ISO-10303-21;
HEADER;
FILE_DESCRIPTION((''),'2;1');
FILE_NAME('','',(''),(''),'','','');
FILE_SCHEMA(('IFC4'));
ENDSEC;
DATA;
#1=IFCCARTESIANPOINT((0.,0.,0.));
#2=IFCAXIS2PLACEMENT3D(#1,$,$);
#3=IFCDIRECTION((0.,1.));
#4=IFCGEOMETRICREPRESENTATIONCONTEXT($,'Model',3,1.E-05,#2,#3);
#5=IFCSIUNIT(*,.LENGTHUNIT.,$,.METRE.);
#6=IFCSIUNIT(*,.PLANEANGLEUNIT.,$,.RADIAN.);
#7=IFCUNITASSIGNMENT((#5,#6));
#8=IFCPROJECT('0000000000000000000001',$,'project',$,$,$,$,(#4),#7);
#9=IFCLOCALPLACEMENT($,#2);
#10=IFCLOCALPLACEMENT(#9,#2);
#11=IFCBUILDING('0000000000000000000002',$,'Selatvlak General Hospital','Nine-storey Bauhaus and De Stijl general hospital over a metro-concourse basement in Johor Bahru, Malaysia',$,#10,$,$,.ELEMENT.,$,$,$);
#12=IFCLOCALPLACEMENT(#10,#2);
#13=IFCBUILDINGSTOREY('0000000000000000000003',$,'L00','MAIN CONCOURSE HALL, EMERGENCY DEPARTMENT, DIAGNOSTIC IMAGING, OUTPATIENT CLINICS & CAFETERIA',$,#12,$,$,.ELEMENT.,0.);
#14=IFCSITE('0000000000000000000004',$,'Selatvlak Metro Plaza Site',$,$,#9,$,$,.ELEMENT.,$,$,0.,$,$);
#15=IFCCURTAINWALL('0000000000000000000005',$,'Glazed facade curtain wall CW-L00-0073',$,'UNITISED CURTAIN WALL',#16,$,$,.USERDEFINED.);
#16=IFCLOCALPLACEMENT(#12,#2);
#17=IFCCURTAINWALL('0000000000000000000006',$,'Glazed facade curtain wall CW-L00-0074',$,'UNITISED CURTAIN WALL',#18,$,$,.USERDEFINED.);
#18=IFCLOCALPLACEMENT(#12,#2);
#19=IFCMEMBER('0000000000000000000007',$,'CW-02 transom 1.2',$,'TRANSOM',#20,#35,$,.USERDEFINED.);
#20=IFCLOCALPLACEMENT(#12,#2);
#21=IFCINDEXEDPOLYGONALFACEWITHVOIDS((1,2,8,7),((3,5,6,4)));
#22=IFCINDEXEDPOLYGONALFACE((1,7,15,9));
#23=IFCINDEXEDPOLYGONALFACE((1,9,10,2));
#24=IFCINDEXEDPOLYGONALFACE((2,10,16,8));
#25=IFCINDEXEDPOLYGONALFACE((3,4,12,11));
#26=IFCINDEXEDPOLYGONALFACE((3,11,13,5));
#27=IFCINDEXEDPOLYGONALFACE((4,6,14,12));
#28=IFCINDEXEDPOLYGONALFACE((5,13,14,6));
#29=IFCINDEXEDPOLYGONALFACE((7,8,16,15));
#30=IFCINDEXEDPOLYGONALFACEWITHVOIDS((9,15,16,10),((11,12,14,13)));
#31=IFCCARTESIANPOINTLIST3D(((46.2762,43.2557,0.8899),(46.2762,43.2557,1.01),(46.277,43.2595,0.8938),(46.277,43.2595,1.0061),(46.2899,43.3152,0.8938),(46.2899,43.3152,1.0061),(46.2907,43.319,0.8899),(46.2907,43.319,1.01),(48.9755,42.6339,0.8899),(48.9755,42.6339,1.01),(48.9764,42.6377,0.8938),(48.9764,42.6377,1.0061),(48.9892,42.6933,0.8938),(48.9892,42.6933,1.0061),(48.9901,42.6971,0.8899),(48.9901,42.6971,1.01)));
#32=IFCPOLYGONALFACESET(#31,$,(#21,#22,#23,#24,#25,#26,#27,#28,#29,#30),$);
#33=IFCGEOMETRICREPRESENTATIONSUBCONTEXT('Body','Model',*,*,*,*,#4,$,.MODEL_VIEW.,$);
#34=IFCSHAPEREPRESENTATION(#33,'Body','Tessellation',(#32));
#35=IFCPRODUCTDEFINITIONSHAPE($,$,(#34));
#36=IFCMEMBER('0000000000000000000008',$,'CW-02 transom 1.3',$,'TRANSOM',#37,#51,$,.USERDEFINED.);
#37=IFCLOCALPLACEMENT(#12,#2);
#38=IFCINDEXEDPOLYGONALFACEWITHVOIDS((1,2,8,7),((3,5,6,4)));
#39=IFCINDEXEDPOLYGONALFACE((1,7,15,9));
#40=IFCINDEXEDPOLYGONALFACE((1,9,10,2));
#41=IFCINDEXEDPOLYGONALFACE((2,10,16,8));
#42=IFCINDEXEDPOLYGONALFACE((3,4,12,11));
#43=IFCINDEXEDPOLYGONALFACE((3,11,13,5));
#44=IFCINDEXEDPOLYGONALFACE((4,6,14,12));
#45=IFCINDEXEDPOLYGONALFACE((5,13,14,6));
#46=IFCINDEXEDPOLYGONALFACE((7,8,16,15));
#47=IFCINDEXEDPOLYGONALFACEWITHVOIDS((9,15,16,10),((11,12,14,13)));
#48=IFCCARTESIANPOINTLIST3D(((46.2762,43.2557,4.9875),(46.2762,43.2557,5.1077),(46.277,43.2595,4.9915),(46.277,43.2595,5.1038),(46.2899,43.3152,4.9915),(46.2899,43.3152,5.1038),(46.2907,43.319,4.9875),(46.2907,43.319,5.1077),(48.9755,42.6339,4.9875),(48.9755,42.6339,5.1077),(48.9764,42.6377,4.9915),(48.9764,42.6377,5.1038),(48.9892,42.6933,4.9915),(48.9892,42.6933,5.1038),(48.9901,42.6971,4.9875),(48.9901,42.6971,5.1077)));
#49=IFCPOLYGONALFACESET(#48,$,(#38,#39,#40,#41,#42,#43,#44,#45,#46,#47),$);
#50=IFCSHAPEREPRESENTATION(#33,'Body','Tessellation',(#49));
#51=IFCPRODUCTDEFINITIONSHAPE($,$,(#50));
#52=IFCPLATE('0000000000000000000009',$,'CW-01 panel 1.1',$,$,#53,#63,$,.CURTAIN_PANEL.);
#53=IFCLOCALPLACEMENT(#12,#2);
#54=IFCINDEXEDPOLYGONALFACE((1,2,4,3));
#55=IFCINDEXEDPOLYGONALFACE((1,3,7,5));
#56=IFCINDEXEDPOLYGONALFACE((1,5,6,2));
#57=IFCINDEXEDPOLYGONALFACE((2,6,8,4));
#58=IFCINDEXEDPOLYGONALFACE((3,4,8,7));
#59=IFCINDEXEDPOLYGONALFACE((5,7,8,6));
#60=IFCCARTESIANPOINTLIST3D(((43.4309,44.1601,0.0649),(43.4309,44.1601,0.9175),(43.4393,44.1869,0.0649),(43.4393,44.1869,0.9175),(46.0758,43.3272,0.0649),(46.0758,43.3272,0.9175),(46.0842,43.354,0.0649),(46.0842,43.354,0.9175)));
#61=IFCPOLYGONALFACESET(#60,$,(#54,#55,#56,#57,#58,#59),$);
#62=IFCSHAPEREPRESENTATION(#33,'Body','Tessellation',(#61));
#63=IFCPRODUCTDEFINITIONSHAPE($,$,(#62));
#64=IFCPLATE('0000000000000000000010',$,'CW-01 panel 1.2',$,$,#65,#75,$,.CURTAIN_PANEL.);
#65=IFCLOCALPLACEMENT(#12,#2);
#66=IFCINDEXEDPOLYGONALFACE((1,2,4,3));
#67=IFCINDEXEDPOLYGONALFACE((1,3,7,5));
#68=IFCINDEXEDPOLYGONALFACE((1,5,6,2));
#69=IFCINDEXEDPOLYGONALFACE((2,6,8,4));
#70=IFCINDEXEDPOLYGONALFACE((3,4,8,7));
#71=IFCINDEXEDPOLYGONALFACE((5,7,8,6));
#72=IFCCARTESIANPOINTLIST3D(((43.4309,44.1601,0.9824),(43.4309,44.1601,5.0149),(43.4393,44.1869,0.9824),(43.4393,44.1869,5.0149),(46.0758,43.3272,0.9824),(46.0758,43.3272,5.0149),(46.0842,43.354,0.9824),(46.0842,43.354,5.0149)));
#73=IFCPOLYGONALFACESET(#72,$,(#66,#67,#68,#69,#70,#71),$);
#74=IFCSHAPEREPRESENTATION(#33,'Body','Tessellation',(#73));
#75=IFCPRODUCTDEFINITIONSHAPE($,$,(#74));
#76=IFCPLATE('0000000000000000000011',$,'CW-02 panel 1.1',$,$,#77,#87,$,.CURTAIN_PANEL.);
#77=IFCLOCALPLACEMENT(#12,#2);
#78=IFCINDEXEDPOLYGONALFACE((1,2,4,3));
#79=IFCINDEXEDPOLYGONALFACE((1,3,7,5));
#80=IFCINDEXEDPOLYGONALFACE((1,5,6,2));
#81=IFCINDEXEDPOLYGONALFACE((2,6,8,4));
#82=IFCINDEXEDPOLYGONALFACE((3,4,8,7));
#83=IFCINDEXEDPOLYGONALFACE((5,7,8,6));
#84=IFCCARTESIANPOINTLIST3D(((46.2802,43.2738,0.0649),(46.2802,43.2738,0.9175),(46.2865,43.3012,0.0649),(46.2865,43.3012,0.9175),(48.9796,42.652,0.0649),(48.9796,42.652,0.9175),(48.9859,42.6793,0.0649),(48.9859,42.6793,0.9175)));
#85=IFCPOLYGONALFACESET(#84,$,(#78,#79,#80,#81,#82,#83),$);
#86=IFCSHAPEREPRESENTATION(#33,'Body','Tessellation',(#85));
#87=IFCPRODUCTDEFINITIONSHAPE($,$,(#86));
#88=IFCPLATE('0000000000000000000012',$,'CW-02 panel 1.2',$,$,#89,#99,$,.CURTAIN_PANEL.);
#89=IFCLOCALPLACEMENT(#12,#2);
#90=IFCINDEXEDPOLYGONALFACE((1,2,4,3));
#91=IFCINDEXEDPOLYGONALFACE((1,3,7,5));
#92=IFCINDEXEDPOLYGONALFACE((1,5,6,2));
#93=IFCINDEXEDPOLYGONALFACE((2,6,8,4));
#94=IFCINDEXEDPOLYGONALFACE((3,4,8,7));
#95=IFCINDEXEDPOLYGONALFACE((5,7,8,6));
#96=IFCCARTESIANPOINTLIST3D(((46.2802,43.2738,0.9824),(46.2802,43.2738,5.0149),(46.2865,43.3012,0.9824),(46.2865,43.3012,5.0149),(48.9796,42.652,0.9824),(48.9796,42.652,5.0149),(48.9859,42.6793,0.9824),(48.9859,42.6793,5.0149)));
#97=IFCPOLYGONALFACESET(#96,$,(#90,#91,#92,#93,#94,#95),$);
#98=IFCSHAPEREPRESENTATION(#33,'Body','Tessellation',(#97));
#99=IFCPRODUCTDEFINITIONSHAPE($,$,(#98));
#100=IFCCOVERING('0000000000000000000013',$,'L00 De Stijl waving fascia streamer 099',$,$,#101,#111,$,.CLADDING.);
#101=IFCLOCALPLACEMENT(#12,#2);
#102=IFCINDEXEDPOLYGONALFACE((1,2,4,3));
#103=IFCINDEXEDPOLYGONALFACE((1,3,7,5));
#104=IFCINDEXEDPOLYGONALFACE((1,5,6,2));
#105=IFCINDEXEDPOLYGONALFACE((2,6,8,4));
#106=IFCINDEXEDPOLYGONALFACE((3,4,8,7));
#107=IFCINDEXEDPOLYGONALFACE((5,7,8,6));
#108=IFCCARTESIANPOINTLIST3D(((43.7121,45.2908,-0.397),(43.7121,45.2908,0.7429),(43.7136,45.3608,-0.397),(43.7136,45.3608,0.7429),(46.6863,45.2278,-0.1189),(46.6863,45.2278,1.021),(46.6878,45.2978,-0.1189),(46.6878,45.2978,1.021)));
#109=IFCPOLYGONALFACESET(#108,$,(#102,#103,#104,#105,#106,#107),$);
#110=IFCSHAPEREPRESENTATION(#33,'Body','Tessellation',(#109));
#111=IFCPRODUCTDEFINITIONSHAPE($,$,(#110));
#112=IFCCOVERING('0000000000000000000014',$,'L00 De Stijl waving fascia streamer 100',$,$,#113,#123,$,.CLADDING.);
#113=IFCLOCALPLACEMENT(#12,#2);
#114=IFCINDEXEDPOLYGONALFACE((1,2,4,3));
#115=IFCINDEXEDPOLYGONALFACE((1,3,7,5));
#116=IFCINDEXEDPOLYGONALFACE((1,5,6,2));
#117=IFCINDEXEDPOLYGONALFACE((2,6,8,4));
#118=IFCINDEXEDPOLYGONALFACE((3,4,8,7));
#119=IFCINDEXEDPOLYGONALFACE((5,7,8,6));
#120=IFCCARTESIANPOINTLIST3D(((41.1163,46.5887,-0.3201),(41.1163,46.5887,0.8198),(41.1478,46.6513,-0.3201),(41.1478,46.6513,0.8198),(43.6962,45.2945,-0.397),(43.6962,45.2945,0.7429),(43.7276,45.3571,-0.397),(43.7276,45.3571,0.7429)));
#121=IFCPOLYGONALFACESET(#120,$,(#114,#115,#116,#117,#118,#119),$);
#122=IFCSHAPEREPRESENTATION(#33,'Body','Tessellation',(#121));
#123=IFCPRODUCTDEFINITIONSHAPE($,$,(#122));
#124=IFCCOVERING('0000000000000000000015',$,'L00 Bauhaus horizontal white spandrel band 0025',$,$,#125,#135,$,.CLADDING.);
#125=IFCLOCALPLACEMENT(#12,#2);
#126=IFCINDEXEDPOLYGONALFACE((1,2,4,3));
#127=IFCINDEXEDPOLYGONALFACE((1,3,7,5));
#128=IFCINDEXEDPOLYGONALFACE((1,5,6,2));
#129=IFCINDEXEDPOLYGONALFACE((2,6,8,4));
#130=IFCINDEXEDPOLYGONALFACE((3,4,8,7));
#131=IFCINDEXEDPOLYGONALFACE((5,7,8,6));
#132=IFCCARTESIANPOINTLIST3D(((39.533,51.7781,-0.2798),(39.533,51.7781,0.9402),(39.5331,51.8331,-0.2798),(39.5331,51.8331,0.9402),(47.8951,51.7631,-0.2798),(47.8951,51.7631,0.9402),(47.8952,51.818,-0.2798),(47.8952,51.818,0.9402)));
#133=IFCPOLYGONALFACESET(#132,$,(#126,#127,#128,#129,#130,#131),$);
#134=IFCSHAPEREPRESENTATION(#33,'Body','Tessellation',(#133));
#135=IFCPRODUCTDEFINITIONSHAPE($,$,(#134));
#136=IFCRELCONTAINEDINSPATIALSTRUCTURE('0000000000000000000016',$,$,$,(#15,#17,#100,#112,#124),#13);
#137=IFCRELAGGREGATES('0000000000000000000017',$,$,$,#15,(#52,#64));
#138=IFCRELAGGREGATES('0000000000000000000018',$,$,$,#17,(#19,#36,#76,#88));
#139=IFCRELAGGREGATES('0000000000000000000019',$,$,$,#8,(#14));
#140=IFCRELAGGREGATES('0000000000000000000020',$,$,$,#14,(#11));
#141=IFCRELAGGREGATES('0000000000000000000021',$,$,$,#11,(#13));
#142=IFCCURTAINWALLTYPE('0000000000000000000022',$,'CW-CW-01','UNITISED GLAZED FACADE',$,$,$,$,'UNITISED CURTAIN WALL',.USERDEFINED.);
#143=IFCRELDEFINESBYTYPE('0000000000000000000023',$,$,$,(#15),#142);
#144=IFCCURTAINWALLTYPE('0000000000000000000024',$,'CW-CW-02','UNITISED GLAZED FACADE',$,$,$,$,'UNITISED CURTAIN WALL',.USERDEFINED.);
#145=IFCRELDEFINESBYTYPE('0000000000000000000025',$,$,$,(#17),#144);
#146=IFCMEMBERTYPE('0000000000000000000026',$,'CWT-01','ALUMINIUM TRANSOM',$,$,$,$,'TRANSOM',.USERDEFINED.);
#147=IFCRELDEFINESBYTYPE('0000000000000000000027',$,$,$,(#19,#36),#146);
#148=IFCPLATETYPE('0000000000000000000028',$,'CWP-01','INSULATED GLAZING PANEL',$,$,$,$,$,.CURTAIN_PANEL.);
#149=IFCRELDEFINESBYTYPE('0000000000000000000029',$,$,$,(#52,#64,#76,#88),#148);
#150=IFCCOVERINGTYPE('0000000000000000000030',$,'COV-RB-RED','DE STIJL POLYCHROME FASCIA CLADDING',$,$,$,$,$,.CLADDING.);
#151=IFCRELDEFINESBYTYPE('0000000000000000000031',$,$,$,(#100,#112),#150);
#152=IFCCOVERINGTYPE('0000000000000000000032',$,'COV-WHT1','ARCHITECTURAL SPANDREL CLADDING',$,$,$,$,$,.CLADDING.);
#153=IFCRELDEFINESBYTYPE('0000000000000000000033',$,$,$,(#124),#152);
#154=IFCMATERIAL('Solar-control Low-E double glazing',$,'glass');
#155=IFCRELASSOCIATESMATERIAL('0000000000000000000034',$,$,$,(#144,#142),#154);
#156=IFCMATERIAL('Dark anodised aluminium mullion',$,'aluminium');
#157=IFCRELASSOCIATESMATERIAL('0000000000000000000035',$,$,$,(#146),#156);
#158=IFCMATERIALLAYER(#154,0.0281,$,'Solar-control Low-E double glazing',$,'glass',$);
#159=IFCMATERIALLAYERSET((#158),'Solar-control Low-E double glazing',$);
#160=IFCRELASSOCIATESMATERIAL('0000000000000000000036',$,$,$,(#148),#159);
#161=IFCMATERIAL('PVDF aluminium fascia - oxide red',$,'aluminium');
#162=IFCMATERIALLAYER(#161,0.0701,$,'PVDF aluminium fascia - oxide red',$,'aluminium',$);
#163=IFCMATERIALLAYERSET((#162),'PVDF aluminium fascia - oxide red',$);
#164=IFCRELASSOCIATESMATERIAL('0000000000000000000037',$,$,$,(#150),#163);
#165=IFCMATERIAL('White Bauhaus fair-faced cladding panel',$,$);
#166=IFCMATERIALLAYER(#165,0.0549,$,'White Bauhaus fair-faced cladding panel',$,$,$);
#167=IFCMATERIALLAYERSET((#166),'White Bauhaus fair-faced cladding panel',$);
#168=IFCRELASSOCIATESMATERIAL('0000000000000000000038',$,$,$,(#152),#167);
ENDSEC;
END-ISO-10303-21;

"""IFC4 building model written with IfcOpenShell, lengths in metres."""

from ifc_helpers import new_model, si_unit, direction, frame, origin, origin_2d, place, context, subcontext, project, spatial, polyline, rectangle, hollow_rectangle, outline, extrude, material, layer, layer_set, material_profile, profile_set, type_object, element, aggregate, save


model = new_model("IFC4")

# Units and contexts
model_context = context("Model", 3, precision=1e-05, world=origin(), true_north=direction((0.0, 1.0)))
body_context = subcontext(model_context, "Body", "Model", "MODEL_VIEW")
ifc_project = project(units=[si_unit("LENGTHUNIT", "METRE"), si_unit("PLANEANGLEUNIT", "RADIAN")], contexts=[model_context])

# Site, building, storey
site_placement = place(None, origin())
site = spatial("IfcSite", under=ifc_project, at=site_placement, Name="Selatvlak Metro Plaza Site", CompositionType="ELEMENT", RefElevation=0.0)
building_placement = place(site_placement, origin())
building = spatial("IfcBuilding", under=site, at=building_placement, Name="Selatvlak General Hospital", Description="Nine-storey Bauhaus and De Stijl general hospital over a metro-concourse basement in Johor Bahru, Malaysia", CompositionType="ELEMENT")
storey_placement = place(building_placement, origin())
storey = spatial("IfcBuildingStorey", under=building, at=storey_placement, Name="L00", Description="MAIN CONCOURSE HALL, EMERGENCY DEPARTMENT, DIAGNOSTIC IMAGING, OUTPATIENT CLINICS & CAFETERIA", CompositionType="ELEMENT", Elevation=0.0)

# Shared definitions
ifc_material_1 = material(Name="Solar-control Low-E double glazing", Category="glass")
curtain_wall_type_1 = type_object("IfcCurtainWallType", Name="CW-CW-02", Description="UNITISED GLAZED FACADE", ElementType="UNITISED CURTAIN WALL", PredefinedType="USERDEFINED", material=ifc_material_1)
ifc_material_2 = material(Name="Dark anodised aluminium mullion", Category="aluminium")

# Curtain wall
curtain_wall_type_2 = type_object("IfcCurtainWallType", Name="CW-CW-01", Description="UNITISED GLAZED FACADE", ElementType="UNITISED CURTAIN WALL", PredefinedType="USERDEFINED", material=ifc_material_1)
curtain_wall_1_placement = place(storey_placement, origin())
curtain_wall_1 = element("IfcCurtainWall", 1, at=curtain_wall_1_placement, inside=storey, type_object=curtain_wall_type_2, Name="Glazed facade curtain wall CW-L00-0073", ObjectType="UNITISED CURTAIN WALL", PredefinedType="USERDEFINED")

# Curtain wall
curtain_wall_2_placement = place(storey_placement, origin())
curtain_wall_2 = element("IfcCurtainWall", 2, at=curtain_wall_2_placement, inside=storey, type_object=curtain_wall_type_1, Name="Glazed facade curtain wall CW-L00-0074", ObjectType="UNITISED CURTAIN WALL", PredefinedType="USERDEFINED")

# Members
ifc_material_profile_1 = material_profile(ifc_material_2, hollow_rectangle(XDim=0.0649, YDim=0.1201, WallThickness=0.0039, at=origin_2d()), Name="AL-TRN 65x120x4")
ifc_profile_set_1 = profile_set([ifc_material_profile_1], Name="Dark anodised aluminium mullion")
member_type_1 = type_object("IfcMemberType", Name="CWT-01", Description="ALUMINIUM TRANSOM", ElementType="TRANSOM", PredefinedType="USERDEFINED", material=ifc_profile_set_1)
member_1_placement = place(storey_placement, frame((46.2834, 43.2874, 0.95), z_axis=(0.974476, -0.224493, 0.0), x_axis=(0.224493, 0.974476, 0.0)))
member_1 = element("IfcMember", 3, at=member_1_placement, type_object=member_type_1, Name="CW-02 transom 1.2", ObjectType="TRANSOM", PredefinedType="USERDEFINED", context=body_context, shape_type="SweptSolid", body=[
    extrude(hollow_rectangle(XDim=0.0649, YDim=0.1201, WallThickness=0.0039, at=origin_2d()), origin(), (0.0, 0.0, 1.0), 2.77),
])
member_2_placement = place(storey_placement, frame((46.2834, 43.2874, 5.0476), z_axis=(0.974476, -0.224493, 0.0), x_axis=(0.224493, 0.974476, 0.0)))
member_2 = element("IfcMember", 4, at=member_2_placement, type_object=member_type_1, Name="CW-02 transom 1.3", ObjectType="TRANSOM", PredefinedType="USERDEFINED", context=body_context, shape_type="SweptSolid", body=[
    extrude(hollow_rectangle(XDim=0.0649, YDim=0.1201, WallThickness=0.0039, at=origin_2d()), origin(), (0.0, 0.0, 1.0), 2.77),
])

# Plates
ifc_layer_1 = layer(ifc_material_1, 0.0281, Name="Solar-control Low-E double glazing", Category="glass")
ifc_layer_set_1 = layer_set([ifc_layer_1], Name="Solar-control Low-E double glazing")
plate_type = type_object("IfcPlateType", Name="CWP-01", Description="INSULATED GLAZING PANEL", PredefinedType="CURTAIN_PANEL", material=ifc_layer_set_1)
plate_1_placement = place(storey_placement, frame((44.7576, 43.7571, 0.0649), z_axis=(0.0, 0.0, 1.0), x_axis=(0.953822, -0.300373, 0.0)))
plate_1 = element("IfcPlate", 5, at=plate_1_placement, type_object=plate_type, Name="CW-01 panel 1.1", PredefinedType="CURTAIN_PANEL", context=body_context, shape_type="SweptSolid", body=[
    extrude(rectangle(XDim=2.7729, YDim=0.0281, at=origin_2d()), origin(), (0.0, 0.0, 1.0), 0.8525),
])
plate_2_placement = place(storey_placement, frame((44.7576, 43.7571, 0.9824), z_axis=(0.0, 0.0, 1.0), x_axis=(0.953822, -0.300373, 0.0)))
plate_2 = element("IfcPlate", 6, at=plate_2_placement, type_object=plate_type, Name="CW-01 panel 1.2", PredefinedType="CURTAIN_PANEL", context=body_context, shape_type="SweptSolid", body=[
    extrude(rectangle(XDim=2.7729, YDim=0.0281, at=origin_2d()), origin(), (0.0, 0.0, 1.0), 4.0325),
])
aggregate(curtain_wall_1, [plate_1, plate_2])
plate_3_placement = place(storey_placement, frame((47.6331, 42.9766, 0.0649), z_axis=(0.0, 0.0, 1.0), x_axis=(0.974478, -0.224482, 0.0)))
plate_3 = element("IfcPlate", 7, at=plate_3_placement, type_object=plate_type, Name="CW-02 panel 1.1", PredefinedType="CURTAIN_PANEL", context=body_context, shape_type="SweptSolid", body=[
    extrude(rectangle(XDim=2.77, YDim=0.0281, at=origin_2d()), origin(), (0.0, 0.0, 1.0), 0.8525),
])
plate_4_placement = place(storey_placement, frame((47.6331, 42.9766, 0.9824), z_axis=(0.0, 0.0, 1.0), x_axis=(0.974478, -0.224482, 0.0)))
plate_4 = element("IfcPlate", 8, at=plate_4_placement, type_object=plate_type, Name="CW-02 panel 1.2", PredefinedType="CURTAIN_PANEL", context=body_context, shape_type="SweptSolid", body=[
    extrude(rectangle(XDim=2.77, YDim=0.0281, at=origin_2d()), origin(), (0.0, 0.0, 1.0), 4.0325),
])
aggregate(curtain_wall_2, [member_1, member_2, plate_3, plate_4])

# Coverings
ifc_material_3 = material(Name="PVDF aluminium fascia - oxide red", Category="aluminium")
ifc_layer_2 = layer(ifc_material_3, 0.0701, Name="PVDF aluminium fascia - oxide red", Category="aluminium")
ifc_layer_set_2 = layer_set([ifc_layer_2], Name="PVDF aluminium fascia - oxide red")
covering_type_1 = type_object("IfcCoveringType", Name="COV-RB-RED", Description="DE STIJL POLYCHROME FASCIA CLADDING", PredefinedType="CLADDING", material=ifc_layer_set_2)
covering_1_placement = place(storey_placement, frame((46.687, 45.2629, -0.1189), z_axis=(0.0, 0.0, 1.0), x_axis=(-0.999776, 0.021174, 0.0)))
element("IfcCovering", 9, at=covering_1_placement, inside=storey, type_object=covering_type_1, Name="L00 De Stijl waving fascia streamer 099", PredefinedType="CLADDING", context=body_context, shape_type="SweptSolid", body=[
    extrude(outline(polyline([(0.0, 0.0), (2.9749, -0.2781), (2.9749, 0.8618), (0.0, 1.1399), (0.0, 0.0)])), frame((0.0, 0.0352, 0.0), z_axis=(0.0, -1.0, 0.0), x_axis=(1.0, 0.0, 0.0)), (0.0, 0.0, 1.0), 0.0701),
])
covering_2_placement = place(storey_placement, frame((43.7119, 45.3259, -0.397), z_axis=(0.0, 0.0, 1.0), x_axis=(-0.893834, 0.448397, 0.0)))
element("IfcCovering", 10, at=covering_2_placement, inside=storey, type_object=covering_type_1, Name="L00 De Stijl waving fascia streamer 100", PredefinedType="CLADDING", context=body_context, shape_type="SweptSolid", body=[
    extrude(outline(polyline([(0.0, 0.0), (2.8862, 0.0769), (2.8862, 1.2168), (0.0, 1.1399), (0.0, 0.0)])), frame((0.0, 0.0352, 0.0), z_axis=(0.0, -1.0, 0.0), x_axis=(1.0, 0.0, 0.0)), (0.0, 0.0, 1.0), 0.0701),
])
ifc_material_4 = material(Name="White Bauhaus fair-faced cladding panel")
ifc_layer_3 = layer(ifc_material_4, 0.0549, Name="White Bauhaus fair-faced cladding panel")
ifc_layer_set_3 = layer_set([ifc_layer_3], Name="White Bauhaus fair-faced cladding panel")
covering_type_2 = type_object("IfcCoveringType", Name="COV-WHT1", Description="ARCHITECTURAL SPANDREL CLADDING", PredefinedType="CLADDING", material=ifc_layer_set_3)
covering_3_placement = place(storey_placement, frame((43.7141, 51.7981, -0.2798), z_axis=(0.0, 0.0, 1.0), x_axis=(-0.999998, 0.001798, 0.0)))
element("IfcCovering", 11, at=covering_3_placement, inside=storey, type_object=covering_type_2, Name="L00 Bauhaus horizontal white spandrel band 0025", PredefinedType="CLADDING", context=body_context, shape_type="SweptSolid", body=[
    extrude(rectangle(XDim=8.3621, YDim=0.0549, at=origin_2d()), origin(), (0.0, 0.0, 1.0), 1.22),
])

save(model, "model.ifc")
